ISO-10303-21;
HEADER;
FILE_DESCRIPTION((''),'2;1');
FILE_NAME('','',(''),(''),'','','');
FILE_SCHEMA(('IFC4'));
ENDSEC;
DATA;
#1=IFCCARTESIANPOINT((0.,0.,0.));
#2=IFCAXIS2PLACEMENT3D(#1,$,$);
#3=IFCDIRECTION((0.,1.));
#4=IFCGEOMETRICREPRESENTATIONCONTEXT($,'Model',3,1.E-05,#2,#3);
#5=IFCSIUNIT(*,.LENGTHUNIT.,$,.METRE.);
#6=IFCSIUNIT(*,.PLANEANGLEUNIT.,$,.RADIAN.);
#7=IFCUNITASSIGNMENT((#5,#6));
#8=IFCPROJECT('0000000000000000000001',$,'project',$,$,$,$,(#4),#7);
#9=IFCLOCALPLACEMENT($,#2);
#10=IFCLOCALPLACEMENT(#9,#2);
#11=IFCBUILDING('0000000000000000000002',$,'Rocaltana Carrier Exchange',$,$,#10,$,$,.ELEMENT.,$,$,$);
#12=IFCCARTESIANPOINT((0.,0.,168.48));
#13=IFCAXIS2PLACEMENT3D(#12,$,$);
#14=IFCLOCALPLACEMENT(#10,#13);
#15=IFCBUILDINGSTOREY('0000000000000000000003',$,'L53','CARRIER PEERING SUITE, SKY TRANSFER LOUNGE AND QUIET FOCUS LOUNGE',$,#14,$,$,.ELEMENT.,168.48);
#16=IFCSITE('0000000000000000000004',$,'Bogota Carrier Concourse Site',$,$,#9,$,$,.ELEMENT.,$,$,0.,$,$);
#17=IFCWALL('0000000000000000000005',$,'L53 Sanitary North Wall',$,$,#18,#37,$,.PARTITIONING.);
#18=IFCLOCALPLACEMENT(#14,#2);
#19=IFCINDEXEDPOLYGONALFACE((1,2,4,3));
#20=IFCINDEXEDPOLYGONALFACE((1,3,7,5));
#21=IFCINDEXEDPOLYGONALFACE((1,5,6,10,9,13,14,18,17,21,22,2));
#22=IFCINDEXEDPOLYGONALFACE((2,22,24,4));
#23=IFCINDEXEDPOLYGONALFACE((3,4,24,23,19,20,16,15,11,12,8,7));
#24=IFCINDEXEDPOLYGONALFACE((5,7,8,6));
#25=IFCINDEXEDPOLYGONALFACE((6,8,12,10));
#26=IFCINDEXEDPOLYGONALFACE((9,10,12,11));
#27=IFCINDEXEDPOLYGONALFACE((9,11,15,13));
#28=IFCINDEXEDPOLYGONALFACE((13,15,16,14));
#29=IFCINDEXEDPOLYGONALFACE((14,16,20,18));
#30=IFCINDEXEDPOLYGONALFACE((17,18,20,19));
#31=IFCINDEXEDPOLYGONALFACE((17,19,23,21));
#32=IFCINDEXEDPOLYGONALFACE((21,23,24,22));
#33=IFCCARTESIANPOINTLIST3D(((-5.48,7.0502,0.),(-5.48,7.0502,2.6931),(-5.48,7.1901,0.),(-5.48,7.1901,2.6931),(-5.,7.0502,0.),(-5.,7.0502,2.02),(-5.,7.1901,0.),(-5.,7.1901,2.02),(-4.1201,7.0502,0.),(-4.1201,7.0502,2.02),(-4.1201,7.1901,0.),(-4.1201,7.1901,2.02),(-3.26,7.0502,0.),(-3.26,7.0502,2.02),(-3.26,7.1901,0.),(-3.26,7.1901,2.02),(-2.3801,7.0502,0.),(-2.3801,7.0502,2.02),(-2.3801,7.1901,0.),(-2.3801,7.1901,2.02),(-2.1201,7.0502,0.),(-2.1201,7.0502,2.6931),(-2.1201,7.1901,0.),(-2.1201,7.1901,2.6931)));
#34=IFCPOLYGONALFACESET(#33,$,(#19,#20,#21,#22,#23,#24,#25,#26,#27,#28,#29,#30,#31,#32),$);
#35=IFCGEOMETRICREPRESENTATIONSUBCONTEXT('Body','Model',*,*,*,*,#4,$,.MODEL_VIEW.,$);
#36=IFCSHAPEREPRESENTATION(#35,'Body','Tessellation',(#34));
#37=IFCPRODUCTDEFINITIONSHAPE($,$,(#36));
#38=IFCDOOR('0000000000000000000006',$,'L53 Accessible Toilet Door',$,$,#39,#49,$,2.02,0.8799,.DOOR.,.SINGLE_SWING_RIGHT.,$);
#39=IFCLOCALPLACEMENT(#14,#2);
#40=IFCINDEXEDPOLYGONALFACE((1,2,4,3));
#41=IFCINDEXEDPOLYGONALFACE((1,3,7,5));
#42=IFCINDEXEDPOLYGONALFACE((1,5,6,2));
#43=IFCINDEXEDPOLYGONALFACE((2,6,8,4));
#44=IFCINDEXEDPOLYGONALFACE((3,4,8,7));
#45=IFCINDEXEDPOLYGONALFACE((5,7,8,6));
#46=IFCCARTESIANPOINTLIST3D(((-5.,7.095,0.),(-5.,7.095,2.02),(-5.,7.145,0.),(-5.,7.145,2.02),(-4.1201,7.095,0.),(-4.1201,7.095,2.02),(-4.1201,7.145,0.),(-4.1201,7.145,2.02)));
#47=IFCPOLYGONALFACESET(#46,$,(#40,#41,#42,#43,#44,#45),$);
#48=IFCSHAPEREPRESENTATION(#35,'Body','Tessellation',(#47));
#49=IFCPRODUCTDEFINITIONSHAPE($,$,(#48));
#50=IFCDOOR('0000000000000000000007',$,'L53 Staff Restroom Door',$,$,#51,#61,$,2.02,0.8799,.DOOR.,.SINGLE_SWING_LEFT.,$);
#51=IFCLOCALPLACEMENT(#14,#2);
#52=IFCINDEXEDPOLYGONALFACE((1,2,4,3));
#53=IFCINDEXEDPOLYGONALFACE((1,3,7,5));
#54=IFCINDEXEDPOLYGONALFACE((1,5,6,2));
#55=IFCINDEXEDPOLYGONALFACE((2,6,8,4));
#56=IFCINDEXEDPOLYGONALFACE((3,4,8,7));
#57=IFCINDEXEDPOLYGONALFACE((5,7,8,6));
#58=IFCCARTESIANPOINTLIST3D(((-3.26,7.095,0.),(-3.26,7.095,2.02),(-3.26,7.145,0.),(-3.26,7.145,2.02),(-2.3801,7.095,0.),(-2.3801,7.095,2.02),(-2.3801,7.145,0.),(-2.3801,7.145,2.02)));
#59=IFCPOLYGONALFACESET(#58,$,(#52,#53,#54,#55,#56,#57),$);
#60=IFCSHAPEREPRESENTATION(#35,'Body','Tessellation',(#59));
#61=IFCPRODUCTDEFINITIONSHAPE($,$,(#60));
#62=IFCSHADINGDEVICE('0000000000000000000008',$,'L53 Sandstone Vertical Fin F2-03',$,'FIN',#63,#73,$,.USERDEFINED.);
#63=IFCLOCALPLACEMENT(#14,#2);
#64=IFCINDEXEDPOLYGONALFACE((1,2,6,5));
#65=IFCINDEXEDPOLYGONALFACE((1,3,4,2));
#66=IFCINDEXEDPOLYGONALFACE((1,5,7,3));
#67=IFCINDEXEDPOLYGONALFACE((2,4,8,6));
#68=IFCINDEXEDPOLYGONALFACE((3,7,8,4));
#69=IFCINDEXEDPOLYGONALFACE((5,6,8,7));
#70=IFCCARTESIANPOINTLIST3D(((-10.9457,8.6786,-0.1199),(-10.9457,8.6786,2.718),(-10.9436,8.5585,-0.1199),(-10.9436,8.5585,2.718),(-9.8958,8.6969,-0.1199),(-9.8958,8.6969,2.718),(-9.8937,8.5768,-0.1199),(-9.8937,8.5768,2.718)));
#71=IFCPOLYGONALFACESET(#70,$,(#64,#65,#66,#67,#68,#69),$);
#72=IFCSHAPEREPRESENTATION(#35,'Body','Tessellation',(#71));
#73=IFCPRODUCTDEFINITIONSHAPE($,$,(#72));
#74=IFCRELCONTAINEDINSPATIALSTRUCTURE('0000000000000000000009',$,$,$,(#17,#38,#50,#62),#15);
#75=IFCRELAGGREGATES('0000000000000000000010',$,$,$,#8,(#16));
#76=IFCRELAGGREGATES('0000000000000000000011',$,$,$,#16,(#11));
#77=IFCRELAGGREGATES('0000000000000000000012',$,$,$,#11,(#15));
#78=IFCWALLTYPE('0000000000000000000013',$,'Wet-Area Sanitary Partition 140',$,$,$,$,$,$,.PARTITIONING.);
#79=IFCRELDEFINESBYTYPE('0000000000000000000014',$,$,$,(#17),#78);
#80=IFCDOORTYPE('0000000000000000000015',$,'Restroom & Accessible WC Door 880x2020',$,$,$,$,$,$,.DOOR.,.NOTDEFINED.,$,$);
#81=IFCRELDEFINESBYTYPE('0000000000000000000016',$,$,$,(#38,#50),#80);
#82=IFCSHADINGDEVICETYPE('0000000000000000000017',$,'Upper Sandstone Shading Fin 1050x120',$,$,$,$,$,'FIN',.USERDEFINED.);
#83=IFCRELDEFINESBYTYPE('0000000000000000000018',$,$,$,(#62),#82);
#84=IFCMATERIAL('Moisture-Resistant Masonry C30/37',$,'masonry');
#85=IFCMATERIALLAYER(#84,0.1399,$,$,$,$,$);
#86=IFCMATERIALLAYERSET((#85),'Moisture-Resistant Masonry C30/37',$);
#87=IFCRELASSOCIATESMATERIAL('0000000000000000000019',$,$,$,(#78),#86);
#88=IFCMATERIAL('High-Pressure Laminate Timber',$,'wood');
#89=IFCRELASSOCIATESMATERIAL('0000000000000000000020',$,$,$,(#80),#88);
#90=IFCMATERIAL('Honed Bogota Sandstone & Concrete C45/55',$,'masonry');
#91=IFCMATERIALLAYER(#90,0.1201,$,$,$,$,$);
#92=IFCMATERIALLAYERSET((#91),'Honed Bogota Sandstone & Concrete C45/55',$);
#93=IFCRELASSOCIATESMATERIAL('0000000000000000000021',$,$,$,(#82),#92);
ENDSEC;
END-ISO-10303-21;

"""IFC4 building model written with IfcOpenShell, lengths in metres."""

from ifc_helpers import new_model, si_unit, direction, frame, frame_2d, origin, origin_2d, place, context, subcontext, project, spatial, rectangle, extrude, material, layer, layer_set, type_object, element, fill, save


model = new_model("IFC4")

# Units and contexts
model_context = context("Model", 3, precision=1e-05, world=origin(), true_north=direction((0.0, 1.0)))
body_context = subcontext(model_context, "Body", "Model", "MODEL_VIEW")
ifc_project = project(units=[si_unit("LENGTHUNIT", "METRE"), si_unit("PLANEANGLEUNIT", "RADIAN")], contexts=[model_context])

# Site, building, storey
site_placement = place(None, origin())
site = spatial("IfcSite", under=ifc_project, at=site_placement, Name="Bogota Carrier Concourse Site", CompositionType="ELEMENT", RefElevation=0.0)
building_placement = place(site_placement, origin())
building = spatial("IfcBuilding", under=site, at=building_placement, Name="Rocaltana Carrier Exchange", CompositionType="ELEMENT")
storey_placement = place(building_placement, frame((0.0, 0.0, 168.48)))
storey = spatial("IfcBuildingStorey", under=building, at=storey_placement, Name="L53", Description="CARRIER PEERING SUITE, SKY TRANSFER LOUNGE AND QUIET FOCUS LOUNGE", CompositionType="ELEMENT", Elevation=168.48)

# Shared definitions
ifc_material_1 = material(Name="Moisture-Resistant Masonry C30/37", Category="masonry")
ifc_layer_1 = layer(ifc_material_1, 0.1399)
ifc_layer_set_1 = layer_set([ifc_layer_1], Name="Moisture-Resistant Masonry C30/37")
wall_type_1 = type_object("IfcWallType", Name="Wet-Area Sanitary Partition 140", PredefinedType="PARTITIONING", material=ifc_layer_set_1)

# Wall, openings, doors
wall_1_placement = place(storey_placement, frame((-5.48, 7.1201, 0.0), z_axis=(0.0, 0.0, 1.0), x_axis=(1.0, 0.0, 0.0)))
wall_1 = element("IfcWall", 1, at=wall_1_placement, inside=storey, type_object=wall_type_1, Name="L53 Sanitary North Wall", PredefinedType="PARTITIONING", context=body_context, shape_type="SweptSolid", body=[
    extrude(rectangle(XDim=3.3599, YDim=0.1399, at=frame_2d((1.6799, 0.0))), origin(), (0.0, 0.0, 1.0), 2.6931),
])
opening_1_placement = place(wall_1_placement, frame((0.48, 0.0, 0.0)))
opening_1 = element("IfcOpeningElement", 2, at=opening_1_placement, cuts=wall_1, PredefinedType="OPENING", context=body_context, shape_type="SweptSolid", body=[
    extrude(rectangle(XDim=0.8799, YDim=2.02, at=frame_2d((0.4399, 1.01))), frame((0.0, 0.0798, 0.0), z_axis=(0.0, -1.0, 0.0), x_axis=(1.0, 0.0, 0.0)), (0.0, 0.0, 1.0), 0.1599),
])
opening_2_placement = place(wall_1_placement, frame((2.22, 0.0, 0.0)))
opening_2 = element("IfcOpeningElement", 3, at=opening_2_placement, cuts=wall_1, PredefinedType="OPENING", context=body_context, shape_type="SweptSolid", body=[
    extrude(rectangle(XDim=0.8799, YDim=2.02, at=frame_2d((0.4399, 1.01))), frame((0.0, 0.0798, 0.0), z_axis=(0.0, -1.0, 0.0), x_axis=(1.0, 0.0, 0.0)), (0.0, 0.0, 1.0), 0.1599),
])
ifc_material_2 = material(Name="High-Pressure Laminate Timber", Category="wood")
door_type = type_object("IfcDoorType", Name="Restroom & Accessible WC Door 880x2020", OperationType="NOTDEFINED", PredefinedType="DOOR", material=ifc_material_2)
door_1_placement = place(opening_1_placement, origin())
door_1 = element("IfcDoor", 4, at=door_1_placement, inside=storey, type_object=door_type, Name="L53 Accessible Toilet Door", OperationType="SINGLE_SWING_RIGHT", OverallHeight=2.02, OverallWidth=0.8799, PredefinedType="DOOR", context=body_context, shape_type="SweptSolid", body=[
    extrude(rectangle(XDim=0.8799, YDim=2.02, at=frame_2d((0.4399, 1.01))), frame((0.0, 0.0249, 0.0), z_axis=(0.0, -1.0, 0.0), x_axis=(1.0, 0.0, 0.0)), (0.0, 0.0, 1.0), 0.05),
])
fill(opening_1, door_1)
door_2_placement = place(opening_2_placement, origin())
door_2 = element("IfcDoor", 5, at=door_2_placement, inside=storey, type_object=door_type, Name="L53 Staff Restroom Door", OperationType="SINGLE_SWING_LEFT", OverallHeight=2.02, OverallWidth=0.8799, PredefinedType="DOOR", context=body_context, shape_type="SweptSolid", body=[
    extrude(rectangle(XDim=0.8799, YDim=2.02, at=frame_2d((0.4399, 1.01))), frame((0.0, 0.0249, 0.0), z_axis=(0.0, -1.0, 0.0), x_axis=(1.0, 0.0, 0.0)), (0.0, 0.0, 1.0), 0.05),
])
fill(opening_2, door_2)

# Shading device
ifc_material_3 = material(Name="Honed Bogota Sandstone & Concrete C45/55", Category="masonry")
ifc_layer_2 = layer(ifc_material_3, 0.1201)
ifc_layer_set_2 = layer_set([ifc_layer_2], Name="Honed Bogota Sandstone & Concrete C45/55")
shading_device_type = type_object("IfcShadingDeviceType", Name="Upper Sandstone Shading Fin 1050x120", ElementType="FIN", PredefinedType="USERDEFINED", material=ifc_layer_set_2)
shading_device_placement = place(storey_placement, frame((-10.4197, 8.6277, -0.1199), z_axis=(0.0, 0.0, 1.0), x_axis=(-0.999848, -0.017452, 0.0)))
element("IfcShadingDevice", 6, at=shading_device_placement, inside=storey, type_object=shading_device_type, Name="L53 Sandstone Vertical Fin F2-03", ObjectType="FIN", PredefinedType="USERDEFINED", context=body_context, shape_type="SweptSolid", body=[
    extrude(rectangle(XDim=1.05, YDim=0.1201, at=origin_2d()), origin(), (0.0, 0.0, 1.0), 2.8379),
])

save(model, "model.ifc")
